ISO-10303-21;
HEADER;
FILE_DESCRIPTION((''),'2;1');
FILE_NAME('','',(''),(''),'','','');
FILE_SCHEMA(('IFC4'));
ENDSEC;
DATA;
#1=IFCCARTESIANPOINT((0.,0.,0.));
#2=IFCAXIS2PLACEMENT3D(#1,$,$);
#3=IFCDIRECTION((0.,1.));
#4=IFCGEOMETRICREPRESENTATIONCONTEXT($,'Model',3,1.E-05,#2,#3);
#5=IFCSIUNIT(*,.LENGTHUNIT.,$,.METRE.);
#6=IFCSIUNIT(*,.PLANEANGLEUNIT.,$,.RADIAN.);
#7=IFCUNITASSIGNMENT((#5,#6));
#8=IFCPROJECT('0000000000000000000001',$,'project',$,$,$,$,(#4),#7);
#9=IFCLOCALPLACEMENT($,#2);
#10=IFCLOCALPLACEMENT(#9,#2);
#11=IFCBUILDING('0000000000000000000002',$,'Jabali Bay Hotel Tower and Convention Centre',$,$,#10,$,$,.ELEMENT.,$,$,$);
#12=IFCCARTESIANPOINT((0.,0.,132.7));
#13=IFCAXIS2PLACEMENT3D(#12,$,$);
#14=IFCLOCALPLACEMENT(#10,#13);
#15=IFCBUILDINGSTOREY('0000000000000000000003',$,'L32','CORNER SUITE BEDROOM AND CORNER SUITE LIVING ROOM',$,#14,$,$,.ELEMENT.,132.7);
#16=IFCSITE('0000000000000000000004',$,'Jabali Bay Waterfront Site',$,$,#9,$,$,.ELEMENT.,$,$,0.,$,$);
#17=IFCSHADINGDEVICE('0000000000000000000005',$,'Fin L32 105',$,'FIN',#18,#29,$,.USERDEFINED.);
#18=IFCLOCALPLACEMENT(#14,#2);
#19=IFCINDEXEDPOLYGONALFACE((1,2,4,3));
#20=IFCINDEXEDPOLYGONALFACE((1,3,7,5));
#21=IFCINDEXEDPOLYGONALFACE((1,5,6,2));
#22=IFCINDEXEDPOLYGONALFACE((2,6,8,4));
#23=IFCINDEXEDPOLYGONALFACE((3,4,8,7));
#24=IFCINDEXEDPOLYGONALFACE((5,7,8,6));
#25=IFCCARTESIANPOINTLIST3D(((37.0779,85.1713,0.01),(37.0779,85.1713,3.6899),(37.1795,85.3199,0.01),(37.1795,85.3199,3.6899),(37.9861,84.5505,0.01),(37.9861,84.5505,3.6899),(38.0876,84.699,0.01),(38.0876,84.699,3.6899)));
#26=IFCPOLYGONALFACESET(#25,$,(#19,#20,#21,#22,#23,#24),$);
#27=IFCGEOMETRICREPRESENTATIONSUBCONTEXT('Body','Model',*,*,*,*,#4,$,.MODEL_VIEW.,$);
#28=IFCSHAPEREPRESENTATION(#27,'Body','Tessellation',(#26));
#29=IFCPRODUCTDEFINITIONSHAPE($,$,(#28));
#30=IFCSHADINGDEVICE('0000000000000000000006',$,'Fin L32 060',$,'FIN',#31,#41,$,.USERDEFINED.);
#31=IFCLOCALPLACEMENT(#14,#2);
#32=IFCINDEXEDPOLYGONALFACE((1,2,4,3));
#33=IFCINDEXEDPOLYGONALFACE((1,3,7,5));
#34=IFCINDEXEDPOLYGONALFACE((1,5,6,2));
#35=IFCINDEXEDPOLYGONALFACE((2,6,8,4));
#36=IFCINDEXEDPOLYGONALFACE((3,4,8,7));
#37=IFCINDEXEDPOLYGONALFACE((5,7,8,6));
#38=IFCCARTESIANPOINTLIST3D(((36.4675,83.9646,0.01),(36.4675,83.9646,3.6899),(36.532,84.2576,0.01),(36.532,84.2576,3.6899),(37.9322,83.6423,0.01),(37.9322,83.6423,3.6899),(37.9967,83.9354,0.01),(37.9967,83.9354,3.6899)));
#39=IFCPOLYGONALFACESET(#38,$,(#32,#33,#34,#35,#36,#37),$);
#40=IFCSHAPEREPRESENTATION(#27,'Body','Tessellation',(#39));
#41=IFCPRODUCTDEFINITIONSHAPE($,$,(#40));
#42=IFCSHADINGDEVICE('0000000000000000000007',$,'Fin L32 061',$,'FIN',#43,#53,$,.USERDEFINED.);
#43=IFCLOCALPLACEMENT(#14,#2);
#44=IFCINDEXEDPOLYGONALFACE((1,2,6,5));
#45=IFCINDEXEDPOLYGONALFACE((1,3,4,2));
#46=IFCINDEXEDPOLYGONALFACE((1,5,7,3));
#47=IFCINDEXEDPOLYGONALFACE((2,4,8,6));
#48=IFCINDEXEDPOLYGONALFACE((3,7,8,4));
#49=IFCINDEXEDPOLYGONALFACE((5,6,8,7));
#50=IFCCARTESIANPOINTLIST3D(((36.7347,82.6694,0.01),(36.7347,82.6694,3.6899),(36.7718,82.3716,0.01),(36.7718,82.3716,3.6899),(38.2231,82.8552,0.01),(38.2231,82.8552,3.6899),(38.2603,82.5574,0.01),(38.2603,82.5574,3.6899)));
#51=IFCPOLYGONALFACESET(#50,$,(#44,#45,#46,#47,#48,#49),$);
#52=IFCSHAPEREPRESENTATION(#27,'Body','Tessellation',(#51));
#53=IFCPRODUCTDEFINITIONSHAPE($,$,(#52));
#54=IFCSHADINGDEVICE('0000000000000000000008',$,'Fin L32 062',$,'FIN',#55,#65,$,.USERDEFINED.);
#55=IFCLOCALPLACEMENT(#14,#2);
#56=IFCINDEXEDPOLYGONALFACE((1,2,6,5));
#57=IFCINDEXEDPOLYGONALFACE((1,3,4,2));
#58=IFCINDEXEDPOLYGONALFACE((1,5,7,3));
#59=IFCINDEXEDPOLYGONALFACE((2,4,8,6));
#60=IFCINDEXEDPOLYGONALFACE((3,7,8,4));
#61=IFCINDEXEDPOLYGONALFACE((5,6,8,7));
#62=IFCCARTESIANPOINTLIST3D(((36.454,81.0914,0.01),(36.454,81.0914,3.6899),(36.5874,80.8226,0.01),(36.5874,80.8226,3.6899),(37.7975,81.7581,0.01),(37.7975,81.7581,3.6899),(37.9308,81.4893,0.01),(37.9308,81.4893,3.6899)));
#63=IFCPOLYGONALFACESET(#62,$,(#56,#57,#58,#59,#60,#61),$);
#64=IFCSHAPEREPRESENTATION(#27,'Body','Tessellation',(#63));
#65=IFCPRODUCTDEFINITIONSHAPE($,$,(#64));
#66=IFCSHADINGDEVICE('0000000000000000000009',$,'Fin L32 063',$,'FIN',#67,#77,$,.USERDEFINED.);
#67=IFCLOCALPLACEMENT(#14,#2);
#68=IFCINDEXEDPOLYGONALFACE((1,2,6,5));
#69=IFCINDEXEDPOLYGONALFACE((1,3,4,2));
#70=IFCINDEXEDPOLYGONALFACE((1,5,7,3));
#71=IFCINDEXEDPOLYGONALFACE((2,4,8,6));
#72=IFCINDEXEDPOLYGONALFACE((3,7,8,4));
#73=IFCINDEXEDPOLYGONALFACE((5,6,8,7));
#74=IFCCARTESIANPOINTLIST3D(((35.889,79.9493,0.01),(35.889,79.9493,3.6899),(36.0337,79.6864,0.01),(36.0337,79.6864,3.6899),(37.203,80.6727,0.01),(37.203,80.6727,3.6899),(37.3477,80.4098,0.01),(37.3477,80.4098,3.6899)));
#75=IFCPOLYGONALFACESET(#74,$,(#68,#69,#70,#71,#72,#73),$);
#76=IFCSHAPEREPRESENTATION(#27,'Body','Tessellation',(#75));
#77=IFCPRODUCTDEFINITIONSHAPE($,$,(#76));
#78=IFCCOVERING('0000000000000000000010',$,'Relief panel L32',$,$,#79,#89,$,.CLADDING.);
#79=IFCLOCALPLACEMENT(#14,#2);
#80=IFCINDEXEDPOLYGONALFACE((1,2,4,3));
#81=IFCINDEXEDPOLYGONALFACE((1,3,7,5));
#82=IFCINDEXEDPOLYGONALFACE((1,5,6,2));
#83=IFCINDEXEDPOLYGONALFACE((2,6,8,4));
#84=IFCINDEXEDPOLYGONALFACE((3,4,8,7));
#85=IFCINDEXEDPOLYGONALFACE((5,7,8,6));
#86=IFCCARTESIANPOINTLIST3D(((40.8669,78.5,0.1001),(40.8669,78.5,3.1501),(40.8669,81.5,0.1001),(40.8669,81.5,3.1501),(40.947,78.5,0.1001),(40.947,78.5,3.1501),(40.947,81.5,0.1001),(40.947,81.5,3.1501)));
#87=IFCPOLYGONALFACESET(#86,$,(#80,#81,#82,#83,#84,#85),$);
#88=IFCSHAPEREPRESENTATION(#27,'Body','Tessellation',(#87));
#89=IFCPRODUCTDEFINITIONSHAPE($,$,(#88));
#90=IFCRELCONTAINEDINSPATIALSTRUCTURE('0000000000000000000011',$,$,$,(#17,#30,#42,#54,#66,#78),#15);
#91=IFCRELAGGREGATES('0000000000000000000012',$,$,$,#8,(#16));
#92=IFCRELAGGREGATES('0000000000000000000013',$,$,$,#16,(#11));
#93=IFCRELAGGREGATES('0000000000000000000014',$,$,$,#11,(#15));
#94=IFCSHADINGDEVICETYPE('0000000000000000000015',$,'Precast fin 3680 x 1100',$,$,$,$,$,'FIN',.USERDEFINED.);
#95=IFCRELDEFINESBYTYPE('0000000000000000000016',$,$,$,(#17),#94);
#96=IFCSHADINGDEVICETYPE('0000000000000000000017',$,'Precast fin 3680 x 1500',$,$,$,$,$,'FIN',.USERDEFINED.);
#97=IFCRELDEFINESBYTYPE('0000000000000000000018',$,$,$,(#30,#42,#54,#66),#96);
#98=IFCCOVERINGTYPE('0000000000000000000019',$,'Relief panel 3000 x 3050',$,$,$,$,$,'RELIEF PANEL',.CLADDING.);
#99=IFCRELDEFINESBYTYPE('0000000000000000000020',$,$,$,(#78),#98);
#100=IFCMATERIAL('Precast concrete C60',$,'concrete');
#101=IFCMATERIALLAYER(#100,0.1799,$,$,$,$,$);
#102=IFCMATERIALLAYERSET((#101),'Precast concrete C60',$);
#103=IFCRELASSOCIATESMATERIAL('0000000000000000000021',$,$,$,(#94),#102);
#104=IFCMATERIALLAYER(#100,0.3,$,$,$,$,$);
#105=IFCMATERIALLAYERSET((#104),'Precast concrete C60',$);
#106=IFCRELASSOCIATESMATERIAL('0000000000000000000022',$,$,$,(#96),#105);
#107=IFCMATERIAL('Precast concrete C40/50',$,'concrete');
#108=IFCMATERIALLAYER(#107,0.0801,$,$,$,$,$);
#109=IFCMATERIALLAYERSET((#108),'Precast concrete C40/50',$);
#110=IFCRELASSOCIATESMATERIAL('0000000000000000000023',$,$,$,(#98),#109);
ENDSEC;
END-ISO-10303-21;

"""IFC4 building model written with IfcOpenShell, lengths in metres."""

from ifc_helpers import new_model, si_unit, direction, frame, frame_2d, origin, origin_2d, place, context, subcontext, project, spatial, rectangle, extrude, material, layer, layer_set, type_object, element, save


model = new_model("IFC4")

# Units and contexts
model_context = context("Model", 3, precision=1e-05, world=origin(), true_north=direction((0.0, 1.0)))
body_context = subcontext(model_context, "Body", "Model", "MODEL_VIEW")
ifc_project = project(units=[si_unit("LENGTHUNIT", "METRE"), si_unit("PLANEANGLEUNIT", "RADIAN")], contexts=[model_context])

# Site, building, storey
site_placement = place(None, origin())
site = spatial("IfcSite", under=ifc_project, at=site_placement, Name="Jabali Bay Waterfront Site", CompositionType="ELEMENT", RefElevation=0.0)
building_placement = place(site_placement, origin())
building = spatial("IfcBuilding", under=site, at=building_placement, Name="Jabali Bay Hotel Tower and Convention Centre", CompositionType="ELEMENT")
storey_placement = place(building_placement, frame((0.0, 0.0, 132.7)))
storey = spatial("IfcBuildingStorey", under=building, at=storey_placement, Name="L32", Description="CORNER SUITE BEDROOM AND CORNER SUITE LIVING ROOM", CompositionType="ELEMENT", Elevation=132.7)

# Shading devices
ifc_material_1 = material(Name="Precast concrete C60", Category="concrete")
ifc_layer_1 = layer(ifc_material_1, 0.1799)
ifc_layer_set_1 = layer_set([ifc_layer_1], Name="Precast concrete C60")
shading_device_type_1 = type_object("IfcShadingDeviceType", Name="Precast fin 3680 x 1100", ElementType="FIN", PredefinedType="USERDEFINED", material=ifc_layer_set_1)
for number, where, z_axis, x_axis, name in (
    (1, (38.0369, 84.6248, 0.01), (0.0, 0.0, 1.0), (-0.825541, 0.564342, 0.0), "Fin L32 105"),
):
    element("IfcShadingDevice", number, at=place(storey_placement, frame(where, z_axis=z_axis, x_axis=x_axis)), inside=storey, type_object=shading_device_type_1, Name=name, ObjectType="FIN", PredefinedType="USERDEFINED", context=body_context, shape_type="SweptSolid", body=[
        extrude(rectangle(XDim=1.1001, YDim=0.1799, at=frame_2d((0.55, 0.0))), origin(), (0.0, 0.0, 1.0), 3.6799),
    ])
ifc_layer_2 = layer(ifc_material_1, 0.3)
ifc_layer_set_2 = layer_set([ifc_layer_2], Name="Precast concrete C60")
shading_device_type_2 = type_object("IfcShadingDeviceType", Name="Precast fin 3680 x 1500", ElementType="FIN", PredefinedType="USERDEFINED", material=ifc_layer_set_2)
shading_device_1_placement = place(storey_placement, frame((37.9646, 83.7888, 0.01), z_axis=(0.0, 0.0, 1.0), x_axis=(-0.976644, 0.214862, 0.0)))
element("IfcShadingDevice", 2, at=shading_device_1_placement, inside=storey, type_object=shading_device_type_2, Name="Fin L32 060", ObjectType="FIN", PredefinedType="USERDEFINED", context=body_context, shape_type="SweptSolid", body=[
    extrude(rectangle(XDim=1.4998, YDim=0.3, at=frame_2d((0.75, 0.0))), origin(), (0.0, 0.0, 1.0), 3.6799),
])
shading_device_2_placement = place(storey_placement, frame((38.2417, 82.7063, 0.01), z_axis=(0.0, 0.0, 1.0), x_axis=(-0.9923, -0.123854, 0.0)))
element("IfcShadingDevice", 3, at=shading_device_2_placement, inside=storey, type_object=shading_device_type_2, Name="Fin L32 061", ObjectType="FIN", PredefinedType="USERDEFINED", context=body_context, shape_type="SweptSolid", body=[
    extrude(rectangle(XDim=1.5, YDim=0.3, at=frame_2d((0.75, 0.0))), origin(), (0.0, 0.0, 1.0), 3.6799),
])
shading_device_3_placement = place(storey_placement, frame((37.8643, 81.6238, 0.01), z_axis=(0.0, 0.0, 1.0), x_axis=(-0.895758, -0.444542, 0.0)))
element("IfcShadingDevice", 4, at=shading_device_3_placement, inside=storey, type_object=shading_device_type_2, Name="Fin L32 062", ObjectType="FIN", PredefinedType="USERDEFINED", context=body_context, shape_type="SweptSolid", body=[
    extrude(rectangle(XDim=1.4998, YDim=0.3, at=frame_2d((0.75, 0.0))), origin(), (0.0, 0.0, 1.0), 3.6799),
])
shading_device_4_placement = place(storey_placement, frame((37.2754, 80.5413, 0.01), z_axis=(0.0, 0.0, 1.0), x_axis=(-0.876017, -0.482281, 0.0)))
element("IfcShadingDevice", 5, at=shading_device_4_placement, inside=storey, type_object=shading_device_type_2, Name="Fin L32 063", ObjectType="FIN", PredefinedType="USERDEFINED", context=body_context, shape_type="SweptSolid", body=[
    extrude(rectangle(XDim=1.5, YDim=0.3, at=frame_2d((0.75, 0.0))), origin(), (0.0, 0.0, 1.0), 3.6799),
])

# Covering
ifc_material_2 = material(Name="Precast concrete C40/50", Category="concrete")
ifc_layer_3 = layer(ifc_material_2, 0.0801)
ifc_layer_set_3 = layer_set([ifc_layer_3], Name="Precast concrete C40/50")
covering_type = type_object("IfcCoveringType", Name="Relief panel 3000 x 3050", ElementType="RELIEF PANEL", PredefinedType="CLADDING", material=ifc_layer_set_3)
covering_placement = place(storey_placement, frame((40.907, 80.0, 0.1001), z_axis=(0.0, 0.0, 1.0), x_axis=(0.0, 1.0, 0.0)))
element("IfcCovering", 6, at=covering_placement, inside=storey, type_object=covering_type, Name="Relief panel L32", PredefinedType="CLADDING", context=body_context, shape_type="SweptSolid", body=[
    extrude(rectangle(XDim=3.0, YDim=0.0801, at=origin_2d()), origin(), (0.0, 0.0, 1.0), 3.05),
])

save(model, "model.ifc")
